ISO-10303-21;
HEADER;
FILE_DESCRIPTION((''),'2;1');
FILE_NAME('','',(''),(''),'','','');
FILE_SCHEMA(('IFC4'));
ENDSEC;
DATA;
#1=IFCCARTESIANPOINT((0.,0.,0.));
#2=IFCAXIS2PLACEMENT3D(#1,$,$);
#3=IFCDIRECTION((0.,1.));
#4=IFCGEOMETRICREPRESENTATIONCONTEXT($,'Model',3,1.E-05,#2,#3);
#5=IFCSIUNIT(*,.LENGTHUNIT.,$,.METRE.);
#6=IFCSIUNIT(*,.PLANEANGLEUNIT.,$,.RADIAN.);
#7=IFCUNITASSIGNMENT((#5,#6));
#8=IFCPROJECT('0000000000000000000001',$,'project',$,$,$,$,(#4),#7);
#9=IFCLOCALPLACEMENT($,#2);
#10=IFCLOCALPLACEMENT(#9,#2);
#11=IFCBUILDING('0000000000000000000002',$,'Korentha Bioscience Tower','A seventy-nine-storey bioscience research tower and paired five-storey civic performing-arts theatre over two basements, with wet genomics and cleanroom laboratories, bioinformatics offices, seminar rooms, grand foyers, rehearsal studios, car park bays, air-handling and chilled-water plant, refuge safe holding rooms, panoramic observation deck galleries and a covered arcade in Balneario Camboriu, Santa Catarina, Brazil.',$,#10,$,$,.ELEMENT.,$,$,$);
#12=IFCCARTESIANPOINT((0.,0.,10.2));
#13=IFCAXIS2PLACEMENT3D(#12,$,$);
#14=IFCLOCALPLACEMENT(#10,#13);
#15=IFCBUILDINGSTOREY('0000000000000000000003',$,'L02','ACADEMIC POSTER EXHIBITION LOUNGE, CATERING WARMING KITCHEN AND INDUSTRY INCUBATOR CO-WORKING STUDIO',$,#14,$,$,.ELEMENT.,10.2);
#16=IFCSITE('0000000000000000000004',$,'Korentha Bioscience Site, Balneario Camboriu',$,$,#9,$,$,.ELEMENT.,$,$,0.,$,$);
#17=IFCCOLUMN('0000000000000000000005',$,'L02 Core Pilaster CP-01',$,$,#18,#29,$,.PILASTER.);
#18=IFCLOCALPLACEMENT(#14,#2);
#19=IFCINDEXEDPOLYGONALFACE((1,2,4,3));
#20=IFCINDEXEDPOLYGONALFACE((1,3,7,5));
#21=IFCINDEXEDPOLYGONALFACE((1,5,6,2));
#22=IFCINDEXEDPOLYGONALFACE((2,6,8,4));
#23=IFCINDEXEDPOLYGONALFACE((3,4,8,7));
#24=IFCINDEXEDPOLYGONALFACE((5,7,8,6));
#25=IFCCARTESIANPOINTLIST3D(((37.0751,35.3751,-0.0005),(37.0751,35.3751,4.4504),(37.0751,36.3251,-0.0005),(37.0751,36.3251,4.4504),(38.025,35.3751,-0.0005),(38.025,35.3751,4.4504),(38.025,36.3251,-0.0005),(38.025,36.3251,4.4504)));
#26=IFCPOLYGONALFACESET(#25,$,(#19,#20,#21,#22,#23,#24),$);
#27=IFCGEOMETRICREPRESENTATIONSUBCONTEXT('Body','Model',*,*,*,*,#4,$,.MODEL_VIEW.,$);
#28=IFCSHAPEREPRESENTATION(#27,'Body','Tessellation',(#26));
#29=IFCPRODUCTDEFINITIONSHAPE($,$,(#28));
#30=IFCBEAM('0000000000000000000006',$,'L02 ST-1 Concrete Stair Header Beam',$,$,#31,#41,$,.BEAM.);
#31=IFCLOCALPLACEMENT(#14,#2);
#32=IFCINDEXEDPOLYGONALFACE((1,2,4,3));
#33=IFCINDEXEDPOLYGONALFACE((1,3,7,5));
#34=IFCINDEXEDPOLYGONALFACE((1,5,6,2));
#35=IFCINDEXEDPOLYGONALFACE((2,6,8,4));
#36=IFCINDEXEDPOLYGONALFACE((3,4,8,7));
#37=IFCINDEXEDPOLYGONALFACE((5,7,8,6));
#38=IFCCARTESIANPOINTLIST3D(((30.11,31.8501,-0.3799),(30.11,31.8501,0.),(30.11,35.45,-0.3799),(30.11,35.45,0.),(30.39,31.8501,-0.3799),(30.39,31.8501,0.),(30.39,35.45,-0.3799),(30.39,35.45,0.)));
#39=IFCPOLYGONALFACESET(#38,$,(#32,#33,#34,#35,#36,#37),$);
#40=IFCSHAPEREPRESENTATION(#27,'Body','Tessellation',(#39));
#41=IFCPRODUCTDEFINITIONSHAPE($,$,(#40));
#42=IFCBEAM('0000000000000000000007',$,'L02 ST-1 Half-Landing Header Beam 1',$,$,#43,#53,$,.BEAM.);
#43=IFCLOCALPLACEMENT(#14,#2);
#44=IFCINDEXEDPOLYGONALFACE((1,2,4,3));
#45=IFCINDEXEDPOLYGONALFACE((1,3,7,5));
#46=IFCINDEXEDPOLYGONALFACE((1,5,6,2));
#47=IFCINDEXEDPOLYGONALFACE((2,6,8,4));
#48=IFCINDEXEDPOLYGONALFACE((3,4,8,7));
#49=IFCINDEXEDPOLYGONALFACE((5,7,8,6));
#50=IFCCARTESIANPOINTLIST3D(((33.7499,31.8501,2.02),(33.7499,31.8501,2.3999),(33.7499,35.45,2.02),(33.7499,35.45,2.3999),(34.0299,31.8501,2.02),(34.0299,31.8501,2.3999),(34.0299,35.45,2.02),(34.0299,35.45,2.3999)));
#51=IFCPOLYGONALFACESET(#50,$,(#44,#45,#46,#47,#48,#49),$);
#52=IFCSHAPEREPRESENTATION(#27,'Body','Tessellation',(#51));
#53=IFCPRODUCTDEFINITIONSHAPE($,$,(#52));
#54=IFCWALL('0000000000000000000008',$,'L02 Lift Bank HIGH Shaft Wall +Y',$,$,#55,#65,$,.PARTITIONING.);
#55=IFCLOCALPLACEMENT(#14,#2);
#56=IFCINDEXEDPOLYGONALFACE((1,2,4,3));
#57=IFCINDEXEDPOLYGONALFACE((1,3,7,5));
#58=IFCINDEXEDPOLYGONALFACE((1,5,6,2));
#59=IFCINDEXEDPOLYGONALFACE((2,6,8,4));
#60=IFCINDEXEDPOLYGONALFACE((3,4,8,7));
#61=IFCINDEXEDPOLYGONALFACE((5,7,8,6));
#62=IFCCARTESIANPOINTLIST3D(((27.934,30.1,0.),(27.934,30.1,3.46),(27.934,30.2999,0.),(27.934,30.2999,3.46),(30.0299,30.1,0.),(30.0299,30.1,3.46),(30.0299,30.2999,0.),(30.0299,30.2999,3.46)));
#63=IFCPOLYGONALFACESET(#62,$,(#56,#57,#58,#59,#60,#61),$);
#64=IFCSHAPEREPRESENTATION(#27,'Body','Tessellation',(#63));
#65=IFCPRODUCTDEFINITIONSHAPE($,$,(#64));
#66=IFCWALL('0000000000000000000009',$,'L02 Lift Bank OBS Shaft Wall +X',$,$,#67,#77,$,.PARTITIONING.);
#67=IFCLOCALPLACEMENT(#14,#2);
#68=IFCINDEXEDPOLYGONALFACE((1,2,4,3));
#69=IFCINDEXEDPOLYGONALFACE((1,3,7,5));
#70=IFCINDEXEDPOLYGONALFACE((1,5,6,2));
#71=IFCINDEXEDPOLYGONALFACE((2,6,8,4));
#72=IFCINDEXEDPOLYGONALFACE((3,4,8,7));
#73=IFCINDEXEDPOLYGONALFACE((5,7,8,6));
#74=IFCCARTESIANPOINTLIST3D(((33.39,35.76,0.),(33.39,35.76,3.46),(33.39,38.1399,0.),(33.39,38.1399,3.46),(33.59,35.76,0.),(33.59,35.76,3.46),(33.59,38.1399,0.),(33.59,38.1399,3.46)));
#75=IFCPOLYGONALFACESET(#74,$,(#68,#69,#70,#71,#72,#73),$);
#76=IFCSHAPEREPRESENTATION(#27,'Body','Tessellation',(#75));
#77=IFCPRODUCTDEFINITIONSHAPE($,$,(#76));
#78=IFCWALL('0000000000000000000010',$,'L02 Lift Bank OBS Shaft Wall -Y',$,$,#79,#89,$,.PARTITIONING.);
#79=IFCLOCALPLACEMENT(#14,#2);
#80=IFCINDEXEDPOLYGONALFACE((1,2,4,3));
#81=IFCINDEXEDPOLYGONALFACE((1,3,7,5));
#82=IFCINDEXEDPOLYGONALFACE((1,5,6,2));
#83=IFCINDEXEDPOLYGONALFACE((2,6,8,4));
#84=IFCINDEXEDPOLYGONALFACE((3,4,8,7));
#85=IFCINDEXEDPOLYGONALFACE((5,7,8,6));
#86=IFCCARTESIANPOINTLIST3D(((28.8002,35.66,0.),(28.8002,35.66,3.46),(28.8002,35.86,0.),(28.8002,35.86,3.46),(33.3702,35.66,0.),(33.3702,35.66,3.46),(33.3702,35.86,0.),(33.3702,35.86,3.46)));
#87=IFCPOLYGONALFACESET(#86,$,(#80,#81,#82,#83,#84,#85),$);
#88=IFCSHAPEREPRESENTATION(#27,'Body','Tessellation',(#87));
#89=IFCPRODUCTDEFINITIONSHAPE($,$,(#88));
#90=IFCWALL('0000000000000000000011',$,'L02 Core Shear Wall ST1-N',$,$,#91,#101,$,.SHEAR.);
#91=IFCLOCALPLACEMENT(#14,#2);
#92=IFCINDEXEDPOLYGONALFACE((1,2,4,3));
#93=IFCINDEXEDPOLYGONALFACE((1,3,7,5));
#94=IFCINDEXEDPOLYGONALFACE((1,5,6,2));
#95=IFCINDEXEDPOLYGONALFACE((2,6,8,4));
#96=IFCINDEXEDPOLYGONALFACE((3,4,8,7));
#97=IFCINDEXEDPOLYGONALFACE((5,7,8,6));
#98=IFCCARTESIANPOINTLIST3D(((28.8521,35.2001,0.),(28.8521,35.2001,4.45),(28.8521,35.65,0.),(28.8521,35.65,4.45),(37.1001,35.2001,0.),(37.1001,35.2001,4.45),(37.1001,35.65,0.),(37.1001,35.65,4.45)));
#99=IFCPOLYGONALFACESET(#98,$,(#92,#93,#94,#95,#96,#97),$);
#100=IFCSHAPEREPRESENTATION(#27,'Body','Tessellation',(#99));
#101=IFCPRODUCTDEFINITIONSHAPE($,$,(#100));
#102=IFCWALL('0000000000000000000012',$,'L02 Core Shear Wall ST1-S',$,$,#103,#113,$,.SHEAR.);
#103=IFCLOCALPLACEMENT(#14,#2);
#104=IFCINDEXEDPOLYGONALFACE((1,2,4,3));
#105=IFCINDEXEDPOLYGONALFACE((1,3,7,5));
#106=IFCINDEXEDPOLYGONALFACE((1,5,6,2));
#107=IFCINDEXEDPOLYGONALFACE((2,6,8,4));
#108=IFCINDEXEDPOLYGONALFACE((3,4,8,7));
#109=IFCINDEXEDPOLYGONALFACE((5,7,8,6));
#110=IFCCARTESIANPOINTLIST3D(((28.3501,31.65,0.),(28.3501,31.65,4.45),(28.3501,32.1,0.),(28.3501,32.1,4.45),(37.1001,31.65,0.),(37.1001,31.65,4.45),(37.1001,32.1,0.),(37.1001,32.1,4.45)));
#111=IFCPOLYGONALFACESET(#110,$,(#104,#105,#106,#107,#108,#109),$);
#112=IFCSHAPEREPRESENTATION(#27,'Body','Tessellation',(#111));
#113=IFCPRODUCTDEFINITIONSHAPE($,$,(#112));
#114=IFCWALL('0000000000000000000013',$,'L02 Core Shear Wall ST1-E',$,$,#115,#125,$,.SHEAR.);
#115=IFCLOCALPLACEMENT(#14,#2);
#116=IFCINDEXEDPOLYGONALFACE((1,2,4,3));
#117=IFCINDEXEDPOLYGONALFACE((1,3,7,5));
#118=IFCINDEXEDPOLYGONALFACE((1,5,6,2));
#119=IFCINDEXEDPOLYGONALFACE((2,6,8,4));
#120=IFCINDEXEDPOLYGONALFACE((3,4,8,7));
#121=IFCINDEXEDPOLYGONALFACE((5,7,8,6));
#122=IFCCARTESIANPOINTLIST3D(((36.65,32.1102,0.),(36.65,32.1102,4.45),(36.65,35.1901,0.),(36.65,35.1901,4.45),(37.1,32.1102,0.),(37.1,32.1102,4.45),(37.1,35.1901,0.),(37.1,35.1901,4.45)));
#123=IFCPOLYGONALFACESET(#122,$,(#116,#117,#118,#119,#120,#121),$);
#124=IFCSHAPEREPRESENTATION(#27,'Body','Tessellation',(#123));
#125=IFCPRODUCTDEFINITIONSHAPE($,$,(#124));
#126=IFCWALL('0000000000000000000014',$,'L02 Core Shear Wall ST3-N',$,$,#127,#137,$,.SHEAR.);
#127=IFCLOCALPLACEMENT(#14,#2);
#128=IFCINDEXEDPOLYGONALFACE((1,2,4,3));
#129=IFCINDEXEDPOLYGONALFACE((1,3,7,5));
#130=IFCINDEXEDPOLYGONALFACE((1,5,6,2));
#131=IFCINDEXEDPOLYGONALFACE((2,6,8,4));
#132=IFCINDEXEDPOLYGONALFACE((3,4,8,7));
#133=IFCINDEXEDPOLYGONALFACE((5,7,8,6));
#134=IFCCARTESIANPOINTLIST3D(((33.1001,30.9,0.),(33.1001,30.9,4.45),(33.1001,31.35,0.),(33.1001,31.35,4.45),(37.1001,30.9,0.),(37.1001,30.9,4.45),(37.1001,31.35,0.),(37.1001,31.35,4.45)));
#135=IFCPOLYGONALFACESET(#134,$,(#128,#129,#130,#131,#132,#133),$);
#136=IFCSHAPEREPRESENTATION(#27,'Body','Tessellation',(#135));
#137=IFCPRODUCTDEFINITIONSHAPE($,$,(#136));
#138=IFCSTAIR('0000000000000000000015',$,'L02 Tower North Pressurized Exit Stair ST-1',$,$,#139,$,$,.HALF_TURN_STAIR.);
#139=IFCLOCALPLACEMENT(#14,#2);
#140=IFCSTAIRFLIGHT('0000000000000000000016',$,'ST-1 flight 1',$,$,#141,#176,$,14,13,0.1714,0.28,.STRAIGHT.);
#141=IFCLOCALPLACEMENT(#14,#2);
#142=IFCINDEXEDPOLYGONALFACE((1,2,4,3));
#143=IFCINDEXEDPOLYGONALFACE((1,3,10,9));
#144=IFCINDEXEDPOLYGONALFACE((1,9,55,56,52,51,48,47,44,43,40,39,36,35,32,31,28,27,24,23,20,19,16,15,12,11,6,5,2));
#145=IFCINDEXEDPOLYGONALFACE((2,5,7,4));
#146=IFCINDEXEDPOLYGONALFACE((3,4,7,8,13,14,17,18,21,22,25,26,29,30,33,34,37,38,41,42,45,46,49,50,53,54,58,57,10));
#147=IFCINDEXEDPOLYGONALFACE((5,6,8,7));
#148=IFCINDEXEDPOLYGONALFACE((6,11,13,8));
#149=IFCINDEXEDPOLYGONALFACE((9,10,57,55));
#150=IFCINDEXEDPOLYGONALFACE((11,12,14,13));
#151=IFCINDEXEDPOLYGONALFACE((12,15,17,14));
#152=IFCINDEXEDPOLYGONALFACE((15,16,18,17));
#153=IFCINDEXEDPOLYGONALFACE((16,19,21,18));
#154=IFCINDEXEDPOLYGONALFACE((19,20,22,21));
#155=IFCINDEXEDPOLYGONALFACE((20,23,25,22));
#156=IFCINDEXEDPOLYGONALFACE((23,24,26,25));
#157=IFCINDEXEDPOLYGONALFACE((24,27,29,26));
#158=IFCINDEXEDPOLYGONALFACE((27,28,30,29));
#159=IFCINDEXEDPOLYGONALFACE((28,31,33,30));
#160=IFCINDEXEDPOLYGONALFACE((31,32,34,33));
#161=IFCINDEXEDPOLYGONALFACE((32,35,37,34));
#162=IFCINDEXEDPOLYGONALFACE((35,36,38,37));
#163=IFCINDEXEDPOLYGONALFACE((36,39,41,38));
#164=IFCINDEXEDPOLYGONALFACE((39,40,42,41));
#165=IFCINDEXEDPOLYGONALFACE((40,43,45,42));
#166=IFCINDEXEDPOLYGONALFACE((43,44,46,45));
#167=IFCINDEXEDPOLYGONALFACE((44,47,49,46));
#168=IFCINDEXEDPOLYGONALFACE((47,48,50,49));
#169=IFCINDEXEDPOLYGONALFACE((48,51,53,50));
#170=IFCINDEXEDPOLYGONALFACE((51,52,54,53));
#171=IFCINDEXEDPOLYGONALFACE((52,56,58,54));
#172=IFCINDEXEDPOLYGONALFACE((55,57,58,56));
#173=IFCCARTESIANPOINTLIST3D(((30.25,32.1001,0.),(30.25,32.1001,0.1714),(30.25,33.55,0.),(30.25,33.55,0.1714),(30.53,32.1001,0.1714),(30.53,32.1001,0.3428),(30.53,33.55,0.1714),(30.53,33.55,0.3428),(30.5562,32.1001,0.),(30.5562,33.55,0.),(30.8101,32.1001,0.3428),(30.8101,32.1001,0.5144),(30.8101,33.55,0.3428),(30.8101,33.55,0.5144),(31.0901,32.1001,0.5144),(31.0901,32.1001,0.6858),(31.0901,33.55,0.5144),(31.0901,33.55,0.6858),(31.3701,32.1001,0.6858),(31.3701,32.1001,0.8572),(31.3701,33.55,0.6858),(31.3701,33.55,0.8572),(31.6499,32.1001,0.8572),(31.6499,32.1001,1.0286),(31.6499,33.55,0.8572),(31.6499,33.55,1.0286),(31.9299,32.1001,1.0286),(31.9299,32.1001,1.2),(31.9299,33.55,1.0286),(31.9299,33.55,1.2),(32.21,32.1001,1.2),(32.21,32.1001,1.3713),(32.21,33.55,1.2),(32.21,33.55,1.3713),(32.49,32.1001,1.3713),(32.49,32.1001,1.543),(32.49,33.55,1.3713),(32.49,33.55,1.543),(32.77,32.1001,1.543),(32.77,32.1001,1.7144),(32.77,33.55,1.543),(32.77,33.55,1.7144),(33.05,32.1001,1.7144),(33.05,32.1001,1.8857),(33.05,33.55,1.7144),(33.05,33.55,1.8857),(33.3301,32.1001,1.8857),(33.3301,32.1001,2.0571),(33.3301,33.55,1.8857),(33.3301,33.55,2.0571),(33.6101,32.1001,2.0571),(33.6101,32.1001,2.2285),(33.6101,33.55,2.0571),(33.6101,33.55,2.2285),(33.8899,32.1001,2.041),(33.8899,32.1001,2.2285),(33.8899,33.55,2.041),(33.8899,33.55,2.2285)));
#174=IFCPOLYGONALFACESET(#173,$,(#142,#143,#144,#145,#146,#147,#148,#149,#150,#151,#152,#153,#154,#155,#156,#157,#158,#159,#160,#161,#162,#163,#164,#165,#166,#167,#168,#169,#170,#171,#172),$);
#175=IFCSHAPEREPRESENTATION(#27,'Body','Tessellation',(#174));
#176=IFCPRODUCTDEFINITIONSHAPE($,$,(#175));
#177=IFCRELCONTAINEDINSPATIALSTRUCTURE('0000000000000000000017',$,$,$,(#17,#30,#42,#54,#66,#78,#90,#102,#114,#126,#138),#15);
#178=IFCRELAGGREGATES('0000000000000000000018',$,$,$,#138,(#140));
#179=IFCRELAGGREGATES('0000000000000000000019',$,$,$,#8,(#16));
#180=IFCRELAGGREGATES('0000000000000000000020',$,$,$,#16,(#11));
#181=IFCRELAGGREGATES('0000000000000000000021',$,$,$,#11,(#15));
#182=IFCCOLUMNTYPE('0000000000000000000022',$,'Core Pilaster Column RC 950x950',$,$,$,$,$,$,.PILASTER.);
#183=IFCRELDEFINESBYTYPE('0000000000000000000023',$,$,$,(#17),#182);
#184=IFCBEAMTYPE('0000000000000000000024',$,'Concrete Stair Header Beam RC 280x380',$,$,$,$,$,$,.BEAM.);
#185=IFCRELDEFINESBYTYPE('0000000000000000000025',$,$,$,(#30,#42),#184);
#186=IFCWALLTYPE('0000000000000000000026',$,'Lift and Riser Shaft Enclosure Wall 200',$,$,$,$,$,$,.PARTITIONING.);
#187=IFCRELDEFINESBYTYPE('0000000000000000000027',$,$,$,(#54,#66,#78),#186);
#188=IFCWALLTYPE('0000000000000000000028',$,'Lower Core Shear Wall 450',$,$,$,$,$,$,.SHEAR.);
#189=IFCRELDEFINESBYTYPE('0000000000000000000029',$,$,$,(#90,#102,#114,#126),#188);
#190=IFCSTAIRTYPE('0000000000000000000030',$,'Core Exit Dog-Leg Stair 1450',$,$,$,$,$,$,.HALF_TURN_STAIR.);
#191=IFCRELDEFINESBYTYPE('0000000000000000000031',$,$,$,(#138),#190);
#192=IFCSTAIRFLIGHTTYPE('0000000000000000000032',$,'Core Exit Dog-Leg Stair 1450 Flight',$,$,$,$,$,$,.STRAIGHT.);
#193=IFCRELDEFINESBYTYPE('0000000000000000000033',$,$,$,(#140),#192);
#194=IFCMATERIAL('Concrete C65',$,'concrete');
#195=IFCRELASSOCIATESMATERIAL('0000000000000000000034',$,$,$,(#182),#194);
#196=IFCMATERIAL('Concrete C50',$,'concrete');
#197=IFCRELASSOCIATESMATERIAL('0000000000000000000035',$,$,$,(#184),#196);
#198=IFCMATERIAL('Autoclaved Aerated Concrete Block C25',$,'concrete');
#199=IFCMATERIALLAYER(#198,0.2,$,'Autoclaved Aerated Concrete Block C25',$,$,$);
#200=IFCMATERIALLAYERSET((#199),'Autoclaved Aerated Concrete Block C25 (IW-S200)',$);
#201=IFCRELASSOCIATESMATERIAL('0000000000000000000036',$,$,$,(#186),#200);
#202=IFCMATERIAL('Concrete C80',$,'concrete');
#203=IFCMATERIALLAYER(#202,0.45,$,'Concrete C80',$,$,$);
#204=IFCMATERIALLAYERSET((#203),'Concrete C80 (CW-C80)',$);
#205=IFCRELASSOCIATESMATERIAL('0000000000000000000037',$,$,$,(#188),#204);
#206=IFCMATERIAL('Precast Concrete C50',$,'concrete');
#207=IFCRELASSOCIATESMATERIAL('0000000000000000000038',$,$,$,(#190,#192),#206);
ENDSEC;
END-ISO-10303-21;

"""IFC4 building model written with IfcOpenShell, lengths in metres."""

from ifc_helpers import new_model, si_unit, direction, frame, frame_2d, origin, origin_2d, place, context, subcontext, project, spatial, polyline, rectangle, outline, extrude, material, layer, layer_set, material_profile, profile_set, type_object, element, aggregate, save


model = new_model("IFC4")

# Units and contexts
model_context = context("Model", 3, precision=1e-05, world=origin(), true_north=direction((0.0, 1.0)))
body_context = subcontext(model_context, "Body", "Model", "MODEL_VIEW")
ifc_project = project(units=[si_unit("LENGTHUNIT", "METRE"), si_unit("PLANEANGLEUNIT", "RADIAN")], contexts=[model_context])

# Site, building, storey
site_placement = place(None, origin())
site = spatial("IfcSite", under=ifc_project, at=site_placement, Name="Korentha Bioscience Site, Balneario Camboriu", CompositionType="ELEMENT", RefElevation=0.0)
building_placement = place(site_placement, origin())
building = spatial("IfcBuilding", under=site, at=building_placement, Name="Korentha Bioscience Tower", Description="A seventy-nine-storey bioscience research tower and paired five-storey civic performing-arts theatre over two basements, with wet genomics and cleanroom laboratories, bioinformatics offices, seminar rooms, grand foyers, rehearsal studios, car park bays, air-handling and chilled-water plant, refuge safe holding rooms, panoramic observation deck galleries and a covered arcade in Balneario Camboriu, Santa Catarina, Brazil.", CompositionType="ELEMENT")
storey_placement = place(building_placement, frame((0.0, 0.0, 10.2)))
storey = spatial("IfcBuildingStorey", under=building, at=storey_placement, Name="L02", Description="ACADEMIC POSTER EXHIBITION LOUNGE, CATERING WARMING KITCHEN AND INDUSTRY INCUBATOR CO-WORKING STUDIO", CompositionType="ELEMENT", Elevation=10.2)

# Column
ifc_material_1 = material(Name="Concrete C65", Category="concrete")
ifc_material_profile_1 = material_profile(ifc_material_1, rectangle(XDim=0.95, YDim=0.95, at=origin_2d()), Name="Concrete C65")
ifc_profile_set_1 = profile_set([ifc_material_profile_1], Name="Concrete C65 (COL-CP09)")
column_type = type_object("IfcColumnType", Name="Core Pilaster Column RC 950x950", PredefinedType="PILASTER", material=ifc_profile_set_1)
column_placement = place(storey_placement, frame((37.55, 35.8501, -0.0005), z_axis=(0.0, 0.0, 1.0), x_axis=(1.0, 0.0, 0.0)))
element("IfcColumn", 1, at=column_placement, inside=storey, type_object=column_type, Name="L02 Core Pilaster CP-01", PredefinedType="PILASTER", context=body_context, shape_type="SweptSolid", body=[
    extrude(rectangle(XDim=0.95, YDim=0.95, at=origin_2d()), origin(), (0.0, 0.0, 1.0), 4.4509),
])

# Beams
ifc_material_2 = material(Name="Concrete C50", Category="concrete")
ifc_material_profile_2 = material_profile(ifc_material_2, rectangle(XDim=0.28, YDim=0.3799, at=origin_2d()), Name="Concrete C50")
ifc_profile_set_2 = profile_set([ifc_material_profile_2], Name="Concrete C50 (ST-HB380)")
beam_type = type_object("IfcBeamType", Name="Concrete Stair Header Beam RC 280x380", PredefinedType="BEAM", material=ifc_profile_set_2)
for number, where, z_axis, x_axis, name in (
    (2, (30.25, 31.8501, -0.1899), (0.0, 1.0, 0.0), (-1.0, 0.0, 0.0), "L02 ST-1 Concrete Stair Header Beam"),
    (3, (33.8899, 31.8501, 2.21), (0.0, 1.0, 0.0), (-1.0, 0.0, 0.0), "L02 ST-1 Half-Landing Header Beam 1"),
):
    element("IfcBeam", number, at=place(storey_placement, frame(where, z_axis=z_axis, x_axis=x_axis)), inside=storey, type_object=beam_type, Name=name, PredefinedType="BEAM", context=body_context, shape_type="SweptSolid", body=[
        extrude(rectangle(XDim=0.28, YDim=0.3799, at=origin_2d()), origin(), (0.0, 0.0, 1.0), 3.5999),
    ])

# Walls
ifc_material_3 = material(Name="Autoclaved Aerated Concrete Block C25", Category="concrete")
ifc_layer_1 = layer(ifc_material_3, 0.2, Name="Autoclaved Aerated Concrete Block C25")
ifc_layer_set_1 = layer_set([ifc_layer_1], Name="Autoclaved Aerated Concrete Block C25 (IW-S200)")
wall_type_1 = type_object("IfcWallType", Name="Lift and Riser Shaft Enclosure Wall 200", PredefinedType="PARTITIONING", material=ifc_layer_set_1)
wall_1_placement = place(storey_placement, frame((27.9341, 30.2, 0.0), z_axis=(0.0, 0.0, 1.0), x_axis=(1.0, 0.0, 0.0)))
element("IfcWall", 4, at=wall_1_placement, inside=storey, type_object=wall_type_1, Name="L02 Lift Bank HIGH Shaft Wall +Y", PredefinedType="PARTITIONING", context=body_context, shape_type="SweptSolid", body=[
    extrude(rectangle(XDim=2.0959, YDim=0.2, at=frame_2d((1.0479, 0.0))), origin(), (0.0, 0.0, 1.0), 3.46),
])
wall_2_placement = place(storey_placement, frame((33.49, 35.76, 0.0), z_axis=(0.0, 0.0, 1.0), x_axis=(0.0, 1.0, 0.0)))
element("IfcWall", 5, at=wall_2_placement, inside=storey, type_object=wall_type_1, Name="L02 Lift Bank OBS Shaft Wall +X", PredefinedType="PARTITIONING", context=body_context, shape_type="SweptSolid", body=[
    extrude(rectangle(XDim=2.3799, YDim=0.2, at=frame_2d((1.1899, 0.0))), origin(), (0.0, 0.0, 1.0), 3.46),
])
wall_3_placement = place(storey_placement, frame((28.8, 35.76, 0.0), z_axis=(0.0, 0.0, 1.0), x_axis=(1.0, 0.0, 0.0)))
element("IfcWall", 6, at=wall_3_placement, inside=storey, type_object=wall_type_1, Name="L02 Lift Bank OBS Shaft Wall -Y", PredefinedType="PARTITIONING", context=body_context, shape_type="SweptSolid", body=[
    extrude(rectangle(XDim=4.5701, YDim=0.2, at=frame_2d((2.2852, 0.0))), origin(), (0.0, 0.0, 1.0), 3.46),
])
ifc_material_4 = material(Name="Concrete C80", Category="concrete")
ifc_layer_2 = layer(ifc_material_4, 0.45, Name="Concrete C80")
ifc_layer_set_2 = layer_set([ifc_layer_2], Name="Concrete C80 (CW-C80)")
wall_type_2 = type_object("IfcWallType", Name="Lower Core Shear Wall 450", PredefinedType="SHEAR", material=ifc_layer_set_2)
wall_4_placement = place(storey_placement, frame((28.8521, 35.425, 0.0), z_axis=(0.0, 0.0, 1.0), x_axis=(1.0, 0.0, 0.0)))
element("IfcWall", 7, at=wall_4_placement, inside=storey, type_object=wall_type_2, Name="L02 Core Shear Wall ST1-N", PredefinedType="SHEAR", context=body_context, shape_type="SweptSolid", body=[
    extrude(rectangle(XDim=8.248, YDim=0.45, at=frame_2d((4.124, 0.0))), origin(), (0.0, 0.0, 1.0), 4.45),
])
wall_5_placement = place(storey_placement, frame((28.3501, 31.875, 0.0), z_axis=(0.0, 0.0, 1.0), x_axis=(1.0, 0.0, 0.0)))
element("IfcWall", 8, at=wall_5_placement, inside=storey, type_object=wall_type_2, Name="L02 Core Shear Wall ST1-S", PredefinedType="SHEAR", context=body_context, shape_type="SweptSolid", body=[
    extrude(rectangle(XDim=8.75, YDim=0.45, at=frame_2d((4.375, 0.0))), origin(), (0.0, 0.0, 1.0), 4.45),
])
wall_6_placement = place(storey_placement, frame((36.875, 32.1101, 0.0), z_axis=(0.0, 0.0, 1.0), x_axis=(0.0, 1.0, 0.0)))
element("IfcWall", 9, at=wall_6_placement, inside=storey, type_object=wall_type_2, Name="L02 Core Shear Wall ST1-E", PredefinedType="SHEAR", context=body_context, shape_type="SweptSolid", body=[
    extrude(rectangle(XDim=3.0798, YDim=0.45, at=frame_2d((1.54, 0.0))), origin(), (0.0, 0.0, 1.0), 4.45),
])

# Wall
wall_7_placement = place(storey_placement, frame((33.1001, 31.125, 0.0), z_axis=(0.0, 0.0, 1.0), x_axis=(1.0, 0.0, 0.0)))
element("IfcWall", 10, at=wall_7_placement, inside=storey, type_object=wall_type_2, Name="L02 Core Shear Wall ST3-N", PredefinedType="SHEAR", context=body_context, shape_type="SweptSolid", body=[
    extrude(rectangle(XDim=4.0, YDim=0.45, at=frame_2d((2.0, 0.0))), origin(), (0.0, 0.0, 1.0), 4.45),
])

# Stair, stair flight
ifc_material_5 = material(Name="Precast Concrete C50", Category="concrete")
stair_type = type_object("IfcStairType", Name="Core Exit Dog-Leg Stair 1450", PredefinedType="HALF_TURN_STAIR", material=ifc_material_5)
stair_placement = place(storey_placement, origin())
stair = element("IfcStair", 11, at=stair_placement, inside=storey, type_object=stair_type, Name="L02 Tower North Pressurized Exit Stair ST-1", PredefinedType="HALF_TURN_STAIR")
stair_flight_type = type_object("IfcStairFlightType", Name="Core Exit Dog-Leg Stair 1450 Flight", PredefinedType="STRAIGHT", material=ifc_material_5)
stair_flight_1_placement = place(storey_placement, frame((30.25, 32.825, 0.0), z_axis=(0.0, 0.0, 1.0), x_axis=(1.0, 0.0, 0.0)))
stair_flight_1 = element("IfcStairFlight", 12, at=stair_flight_1_placement, type_object=stair_flight_type, Name="ST-1 flight 1", NumberOfRisers=14, NumberOfTreads=13, PredefinedType="STRAIGHT", RiserHeight=0.1714, TreadLength=0.28, context=body_context, shape_type="SweptSolid", body=[
    extrude(outline(polyline([(0.0, 0.0), (0.0, 0.1714), (0.28, 0.1714), (0.28, 0.3428), (0.5601, 0.3428), (0.5601, 0.5144), (0.8401, 0.5144), (0.8401, 0.6858), (1.1201, 0.6858), (1.1201, 0.8572), (1.3999, 0.8572), (1.3999, 1.0286), (1.6799, 1.0286), (1.6799, 1.2), (1.96, 1.2), (1.96, 1.3713), (2.24, 1.3713), (2.24, 1.543), (2.52, 1.543), (2.52, 1.7144), (2.8, 1.7144), (2.8, 1.8857), (3.0801, 1.8857), (3.0801, 2.0571), (3.3601, 2.0571), (3.3601, 2.2285), (3.6399, 2.2285), (3.6399, 2.3999), (3.6399, 2.041), (0.3062, 0.0), (0.0, 0.0)])), frame((0.0, 0.7251, 0.0), z_axis=(0.0, -1.0, 0.0), x_axis=(1.0, 0.0, 0.0)), (0.0, 0.0, 1.0), 1.45),
])
aggregate(stair, [stair_flight_1])

save(model, "model.ifc")
